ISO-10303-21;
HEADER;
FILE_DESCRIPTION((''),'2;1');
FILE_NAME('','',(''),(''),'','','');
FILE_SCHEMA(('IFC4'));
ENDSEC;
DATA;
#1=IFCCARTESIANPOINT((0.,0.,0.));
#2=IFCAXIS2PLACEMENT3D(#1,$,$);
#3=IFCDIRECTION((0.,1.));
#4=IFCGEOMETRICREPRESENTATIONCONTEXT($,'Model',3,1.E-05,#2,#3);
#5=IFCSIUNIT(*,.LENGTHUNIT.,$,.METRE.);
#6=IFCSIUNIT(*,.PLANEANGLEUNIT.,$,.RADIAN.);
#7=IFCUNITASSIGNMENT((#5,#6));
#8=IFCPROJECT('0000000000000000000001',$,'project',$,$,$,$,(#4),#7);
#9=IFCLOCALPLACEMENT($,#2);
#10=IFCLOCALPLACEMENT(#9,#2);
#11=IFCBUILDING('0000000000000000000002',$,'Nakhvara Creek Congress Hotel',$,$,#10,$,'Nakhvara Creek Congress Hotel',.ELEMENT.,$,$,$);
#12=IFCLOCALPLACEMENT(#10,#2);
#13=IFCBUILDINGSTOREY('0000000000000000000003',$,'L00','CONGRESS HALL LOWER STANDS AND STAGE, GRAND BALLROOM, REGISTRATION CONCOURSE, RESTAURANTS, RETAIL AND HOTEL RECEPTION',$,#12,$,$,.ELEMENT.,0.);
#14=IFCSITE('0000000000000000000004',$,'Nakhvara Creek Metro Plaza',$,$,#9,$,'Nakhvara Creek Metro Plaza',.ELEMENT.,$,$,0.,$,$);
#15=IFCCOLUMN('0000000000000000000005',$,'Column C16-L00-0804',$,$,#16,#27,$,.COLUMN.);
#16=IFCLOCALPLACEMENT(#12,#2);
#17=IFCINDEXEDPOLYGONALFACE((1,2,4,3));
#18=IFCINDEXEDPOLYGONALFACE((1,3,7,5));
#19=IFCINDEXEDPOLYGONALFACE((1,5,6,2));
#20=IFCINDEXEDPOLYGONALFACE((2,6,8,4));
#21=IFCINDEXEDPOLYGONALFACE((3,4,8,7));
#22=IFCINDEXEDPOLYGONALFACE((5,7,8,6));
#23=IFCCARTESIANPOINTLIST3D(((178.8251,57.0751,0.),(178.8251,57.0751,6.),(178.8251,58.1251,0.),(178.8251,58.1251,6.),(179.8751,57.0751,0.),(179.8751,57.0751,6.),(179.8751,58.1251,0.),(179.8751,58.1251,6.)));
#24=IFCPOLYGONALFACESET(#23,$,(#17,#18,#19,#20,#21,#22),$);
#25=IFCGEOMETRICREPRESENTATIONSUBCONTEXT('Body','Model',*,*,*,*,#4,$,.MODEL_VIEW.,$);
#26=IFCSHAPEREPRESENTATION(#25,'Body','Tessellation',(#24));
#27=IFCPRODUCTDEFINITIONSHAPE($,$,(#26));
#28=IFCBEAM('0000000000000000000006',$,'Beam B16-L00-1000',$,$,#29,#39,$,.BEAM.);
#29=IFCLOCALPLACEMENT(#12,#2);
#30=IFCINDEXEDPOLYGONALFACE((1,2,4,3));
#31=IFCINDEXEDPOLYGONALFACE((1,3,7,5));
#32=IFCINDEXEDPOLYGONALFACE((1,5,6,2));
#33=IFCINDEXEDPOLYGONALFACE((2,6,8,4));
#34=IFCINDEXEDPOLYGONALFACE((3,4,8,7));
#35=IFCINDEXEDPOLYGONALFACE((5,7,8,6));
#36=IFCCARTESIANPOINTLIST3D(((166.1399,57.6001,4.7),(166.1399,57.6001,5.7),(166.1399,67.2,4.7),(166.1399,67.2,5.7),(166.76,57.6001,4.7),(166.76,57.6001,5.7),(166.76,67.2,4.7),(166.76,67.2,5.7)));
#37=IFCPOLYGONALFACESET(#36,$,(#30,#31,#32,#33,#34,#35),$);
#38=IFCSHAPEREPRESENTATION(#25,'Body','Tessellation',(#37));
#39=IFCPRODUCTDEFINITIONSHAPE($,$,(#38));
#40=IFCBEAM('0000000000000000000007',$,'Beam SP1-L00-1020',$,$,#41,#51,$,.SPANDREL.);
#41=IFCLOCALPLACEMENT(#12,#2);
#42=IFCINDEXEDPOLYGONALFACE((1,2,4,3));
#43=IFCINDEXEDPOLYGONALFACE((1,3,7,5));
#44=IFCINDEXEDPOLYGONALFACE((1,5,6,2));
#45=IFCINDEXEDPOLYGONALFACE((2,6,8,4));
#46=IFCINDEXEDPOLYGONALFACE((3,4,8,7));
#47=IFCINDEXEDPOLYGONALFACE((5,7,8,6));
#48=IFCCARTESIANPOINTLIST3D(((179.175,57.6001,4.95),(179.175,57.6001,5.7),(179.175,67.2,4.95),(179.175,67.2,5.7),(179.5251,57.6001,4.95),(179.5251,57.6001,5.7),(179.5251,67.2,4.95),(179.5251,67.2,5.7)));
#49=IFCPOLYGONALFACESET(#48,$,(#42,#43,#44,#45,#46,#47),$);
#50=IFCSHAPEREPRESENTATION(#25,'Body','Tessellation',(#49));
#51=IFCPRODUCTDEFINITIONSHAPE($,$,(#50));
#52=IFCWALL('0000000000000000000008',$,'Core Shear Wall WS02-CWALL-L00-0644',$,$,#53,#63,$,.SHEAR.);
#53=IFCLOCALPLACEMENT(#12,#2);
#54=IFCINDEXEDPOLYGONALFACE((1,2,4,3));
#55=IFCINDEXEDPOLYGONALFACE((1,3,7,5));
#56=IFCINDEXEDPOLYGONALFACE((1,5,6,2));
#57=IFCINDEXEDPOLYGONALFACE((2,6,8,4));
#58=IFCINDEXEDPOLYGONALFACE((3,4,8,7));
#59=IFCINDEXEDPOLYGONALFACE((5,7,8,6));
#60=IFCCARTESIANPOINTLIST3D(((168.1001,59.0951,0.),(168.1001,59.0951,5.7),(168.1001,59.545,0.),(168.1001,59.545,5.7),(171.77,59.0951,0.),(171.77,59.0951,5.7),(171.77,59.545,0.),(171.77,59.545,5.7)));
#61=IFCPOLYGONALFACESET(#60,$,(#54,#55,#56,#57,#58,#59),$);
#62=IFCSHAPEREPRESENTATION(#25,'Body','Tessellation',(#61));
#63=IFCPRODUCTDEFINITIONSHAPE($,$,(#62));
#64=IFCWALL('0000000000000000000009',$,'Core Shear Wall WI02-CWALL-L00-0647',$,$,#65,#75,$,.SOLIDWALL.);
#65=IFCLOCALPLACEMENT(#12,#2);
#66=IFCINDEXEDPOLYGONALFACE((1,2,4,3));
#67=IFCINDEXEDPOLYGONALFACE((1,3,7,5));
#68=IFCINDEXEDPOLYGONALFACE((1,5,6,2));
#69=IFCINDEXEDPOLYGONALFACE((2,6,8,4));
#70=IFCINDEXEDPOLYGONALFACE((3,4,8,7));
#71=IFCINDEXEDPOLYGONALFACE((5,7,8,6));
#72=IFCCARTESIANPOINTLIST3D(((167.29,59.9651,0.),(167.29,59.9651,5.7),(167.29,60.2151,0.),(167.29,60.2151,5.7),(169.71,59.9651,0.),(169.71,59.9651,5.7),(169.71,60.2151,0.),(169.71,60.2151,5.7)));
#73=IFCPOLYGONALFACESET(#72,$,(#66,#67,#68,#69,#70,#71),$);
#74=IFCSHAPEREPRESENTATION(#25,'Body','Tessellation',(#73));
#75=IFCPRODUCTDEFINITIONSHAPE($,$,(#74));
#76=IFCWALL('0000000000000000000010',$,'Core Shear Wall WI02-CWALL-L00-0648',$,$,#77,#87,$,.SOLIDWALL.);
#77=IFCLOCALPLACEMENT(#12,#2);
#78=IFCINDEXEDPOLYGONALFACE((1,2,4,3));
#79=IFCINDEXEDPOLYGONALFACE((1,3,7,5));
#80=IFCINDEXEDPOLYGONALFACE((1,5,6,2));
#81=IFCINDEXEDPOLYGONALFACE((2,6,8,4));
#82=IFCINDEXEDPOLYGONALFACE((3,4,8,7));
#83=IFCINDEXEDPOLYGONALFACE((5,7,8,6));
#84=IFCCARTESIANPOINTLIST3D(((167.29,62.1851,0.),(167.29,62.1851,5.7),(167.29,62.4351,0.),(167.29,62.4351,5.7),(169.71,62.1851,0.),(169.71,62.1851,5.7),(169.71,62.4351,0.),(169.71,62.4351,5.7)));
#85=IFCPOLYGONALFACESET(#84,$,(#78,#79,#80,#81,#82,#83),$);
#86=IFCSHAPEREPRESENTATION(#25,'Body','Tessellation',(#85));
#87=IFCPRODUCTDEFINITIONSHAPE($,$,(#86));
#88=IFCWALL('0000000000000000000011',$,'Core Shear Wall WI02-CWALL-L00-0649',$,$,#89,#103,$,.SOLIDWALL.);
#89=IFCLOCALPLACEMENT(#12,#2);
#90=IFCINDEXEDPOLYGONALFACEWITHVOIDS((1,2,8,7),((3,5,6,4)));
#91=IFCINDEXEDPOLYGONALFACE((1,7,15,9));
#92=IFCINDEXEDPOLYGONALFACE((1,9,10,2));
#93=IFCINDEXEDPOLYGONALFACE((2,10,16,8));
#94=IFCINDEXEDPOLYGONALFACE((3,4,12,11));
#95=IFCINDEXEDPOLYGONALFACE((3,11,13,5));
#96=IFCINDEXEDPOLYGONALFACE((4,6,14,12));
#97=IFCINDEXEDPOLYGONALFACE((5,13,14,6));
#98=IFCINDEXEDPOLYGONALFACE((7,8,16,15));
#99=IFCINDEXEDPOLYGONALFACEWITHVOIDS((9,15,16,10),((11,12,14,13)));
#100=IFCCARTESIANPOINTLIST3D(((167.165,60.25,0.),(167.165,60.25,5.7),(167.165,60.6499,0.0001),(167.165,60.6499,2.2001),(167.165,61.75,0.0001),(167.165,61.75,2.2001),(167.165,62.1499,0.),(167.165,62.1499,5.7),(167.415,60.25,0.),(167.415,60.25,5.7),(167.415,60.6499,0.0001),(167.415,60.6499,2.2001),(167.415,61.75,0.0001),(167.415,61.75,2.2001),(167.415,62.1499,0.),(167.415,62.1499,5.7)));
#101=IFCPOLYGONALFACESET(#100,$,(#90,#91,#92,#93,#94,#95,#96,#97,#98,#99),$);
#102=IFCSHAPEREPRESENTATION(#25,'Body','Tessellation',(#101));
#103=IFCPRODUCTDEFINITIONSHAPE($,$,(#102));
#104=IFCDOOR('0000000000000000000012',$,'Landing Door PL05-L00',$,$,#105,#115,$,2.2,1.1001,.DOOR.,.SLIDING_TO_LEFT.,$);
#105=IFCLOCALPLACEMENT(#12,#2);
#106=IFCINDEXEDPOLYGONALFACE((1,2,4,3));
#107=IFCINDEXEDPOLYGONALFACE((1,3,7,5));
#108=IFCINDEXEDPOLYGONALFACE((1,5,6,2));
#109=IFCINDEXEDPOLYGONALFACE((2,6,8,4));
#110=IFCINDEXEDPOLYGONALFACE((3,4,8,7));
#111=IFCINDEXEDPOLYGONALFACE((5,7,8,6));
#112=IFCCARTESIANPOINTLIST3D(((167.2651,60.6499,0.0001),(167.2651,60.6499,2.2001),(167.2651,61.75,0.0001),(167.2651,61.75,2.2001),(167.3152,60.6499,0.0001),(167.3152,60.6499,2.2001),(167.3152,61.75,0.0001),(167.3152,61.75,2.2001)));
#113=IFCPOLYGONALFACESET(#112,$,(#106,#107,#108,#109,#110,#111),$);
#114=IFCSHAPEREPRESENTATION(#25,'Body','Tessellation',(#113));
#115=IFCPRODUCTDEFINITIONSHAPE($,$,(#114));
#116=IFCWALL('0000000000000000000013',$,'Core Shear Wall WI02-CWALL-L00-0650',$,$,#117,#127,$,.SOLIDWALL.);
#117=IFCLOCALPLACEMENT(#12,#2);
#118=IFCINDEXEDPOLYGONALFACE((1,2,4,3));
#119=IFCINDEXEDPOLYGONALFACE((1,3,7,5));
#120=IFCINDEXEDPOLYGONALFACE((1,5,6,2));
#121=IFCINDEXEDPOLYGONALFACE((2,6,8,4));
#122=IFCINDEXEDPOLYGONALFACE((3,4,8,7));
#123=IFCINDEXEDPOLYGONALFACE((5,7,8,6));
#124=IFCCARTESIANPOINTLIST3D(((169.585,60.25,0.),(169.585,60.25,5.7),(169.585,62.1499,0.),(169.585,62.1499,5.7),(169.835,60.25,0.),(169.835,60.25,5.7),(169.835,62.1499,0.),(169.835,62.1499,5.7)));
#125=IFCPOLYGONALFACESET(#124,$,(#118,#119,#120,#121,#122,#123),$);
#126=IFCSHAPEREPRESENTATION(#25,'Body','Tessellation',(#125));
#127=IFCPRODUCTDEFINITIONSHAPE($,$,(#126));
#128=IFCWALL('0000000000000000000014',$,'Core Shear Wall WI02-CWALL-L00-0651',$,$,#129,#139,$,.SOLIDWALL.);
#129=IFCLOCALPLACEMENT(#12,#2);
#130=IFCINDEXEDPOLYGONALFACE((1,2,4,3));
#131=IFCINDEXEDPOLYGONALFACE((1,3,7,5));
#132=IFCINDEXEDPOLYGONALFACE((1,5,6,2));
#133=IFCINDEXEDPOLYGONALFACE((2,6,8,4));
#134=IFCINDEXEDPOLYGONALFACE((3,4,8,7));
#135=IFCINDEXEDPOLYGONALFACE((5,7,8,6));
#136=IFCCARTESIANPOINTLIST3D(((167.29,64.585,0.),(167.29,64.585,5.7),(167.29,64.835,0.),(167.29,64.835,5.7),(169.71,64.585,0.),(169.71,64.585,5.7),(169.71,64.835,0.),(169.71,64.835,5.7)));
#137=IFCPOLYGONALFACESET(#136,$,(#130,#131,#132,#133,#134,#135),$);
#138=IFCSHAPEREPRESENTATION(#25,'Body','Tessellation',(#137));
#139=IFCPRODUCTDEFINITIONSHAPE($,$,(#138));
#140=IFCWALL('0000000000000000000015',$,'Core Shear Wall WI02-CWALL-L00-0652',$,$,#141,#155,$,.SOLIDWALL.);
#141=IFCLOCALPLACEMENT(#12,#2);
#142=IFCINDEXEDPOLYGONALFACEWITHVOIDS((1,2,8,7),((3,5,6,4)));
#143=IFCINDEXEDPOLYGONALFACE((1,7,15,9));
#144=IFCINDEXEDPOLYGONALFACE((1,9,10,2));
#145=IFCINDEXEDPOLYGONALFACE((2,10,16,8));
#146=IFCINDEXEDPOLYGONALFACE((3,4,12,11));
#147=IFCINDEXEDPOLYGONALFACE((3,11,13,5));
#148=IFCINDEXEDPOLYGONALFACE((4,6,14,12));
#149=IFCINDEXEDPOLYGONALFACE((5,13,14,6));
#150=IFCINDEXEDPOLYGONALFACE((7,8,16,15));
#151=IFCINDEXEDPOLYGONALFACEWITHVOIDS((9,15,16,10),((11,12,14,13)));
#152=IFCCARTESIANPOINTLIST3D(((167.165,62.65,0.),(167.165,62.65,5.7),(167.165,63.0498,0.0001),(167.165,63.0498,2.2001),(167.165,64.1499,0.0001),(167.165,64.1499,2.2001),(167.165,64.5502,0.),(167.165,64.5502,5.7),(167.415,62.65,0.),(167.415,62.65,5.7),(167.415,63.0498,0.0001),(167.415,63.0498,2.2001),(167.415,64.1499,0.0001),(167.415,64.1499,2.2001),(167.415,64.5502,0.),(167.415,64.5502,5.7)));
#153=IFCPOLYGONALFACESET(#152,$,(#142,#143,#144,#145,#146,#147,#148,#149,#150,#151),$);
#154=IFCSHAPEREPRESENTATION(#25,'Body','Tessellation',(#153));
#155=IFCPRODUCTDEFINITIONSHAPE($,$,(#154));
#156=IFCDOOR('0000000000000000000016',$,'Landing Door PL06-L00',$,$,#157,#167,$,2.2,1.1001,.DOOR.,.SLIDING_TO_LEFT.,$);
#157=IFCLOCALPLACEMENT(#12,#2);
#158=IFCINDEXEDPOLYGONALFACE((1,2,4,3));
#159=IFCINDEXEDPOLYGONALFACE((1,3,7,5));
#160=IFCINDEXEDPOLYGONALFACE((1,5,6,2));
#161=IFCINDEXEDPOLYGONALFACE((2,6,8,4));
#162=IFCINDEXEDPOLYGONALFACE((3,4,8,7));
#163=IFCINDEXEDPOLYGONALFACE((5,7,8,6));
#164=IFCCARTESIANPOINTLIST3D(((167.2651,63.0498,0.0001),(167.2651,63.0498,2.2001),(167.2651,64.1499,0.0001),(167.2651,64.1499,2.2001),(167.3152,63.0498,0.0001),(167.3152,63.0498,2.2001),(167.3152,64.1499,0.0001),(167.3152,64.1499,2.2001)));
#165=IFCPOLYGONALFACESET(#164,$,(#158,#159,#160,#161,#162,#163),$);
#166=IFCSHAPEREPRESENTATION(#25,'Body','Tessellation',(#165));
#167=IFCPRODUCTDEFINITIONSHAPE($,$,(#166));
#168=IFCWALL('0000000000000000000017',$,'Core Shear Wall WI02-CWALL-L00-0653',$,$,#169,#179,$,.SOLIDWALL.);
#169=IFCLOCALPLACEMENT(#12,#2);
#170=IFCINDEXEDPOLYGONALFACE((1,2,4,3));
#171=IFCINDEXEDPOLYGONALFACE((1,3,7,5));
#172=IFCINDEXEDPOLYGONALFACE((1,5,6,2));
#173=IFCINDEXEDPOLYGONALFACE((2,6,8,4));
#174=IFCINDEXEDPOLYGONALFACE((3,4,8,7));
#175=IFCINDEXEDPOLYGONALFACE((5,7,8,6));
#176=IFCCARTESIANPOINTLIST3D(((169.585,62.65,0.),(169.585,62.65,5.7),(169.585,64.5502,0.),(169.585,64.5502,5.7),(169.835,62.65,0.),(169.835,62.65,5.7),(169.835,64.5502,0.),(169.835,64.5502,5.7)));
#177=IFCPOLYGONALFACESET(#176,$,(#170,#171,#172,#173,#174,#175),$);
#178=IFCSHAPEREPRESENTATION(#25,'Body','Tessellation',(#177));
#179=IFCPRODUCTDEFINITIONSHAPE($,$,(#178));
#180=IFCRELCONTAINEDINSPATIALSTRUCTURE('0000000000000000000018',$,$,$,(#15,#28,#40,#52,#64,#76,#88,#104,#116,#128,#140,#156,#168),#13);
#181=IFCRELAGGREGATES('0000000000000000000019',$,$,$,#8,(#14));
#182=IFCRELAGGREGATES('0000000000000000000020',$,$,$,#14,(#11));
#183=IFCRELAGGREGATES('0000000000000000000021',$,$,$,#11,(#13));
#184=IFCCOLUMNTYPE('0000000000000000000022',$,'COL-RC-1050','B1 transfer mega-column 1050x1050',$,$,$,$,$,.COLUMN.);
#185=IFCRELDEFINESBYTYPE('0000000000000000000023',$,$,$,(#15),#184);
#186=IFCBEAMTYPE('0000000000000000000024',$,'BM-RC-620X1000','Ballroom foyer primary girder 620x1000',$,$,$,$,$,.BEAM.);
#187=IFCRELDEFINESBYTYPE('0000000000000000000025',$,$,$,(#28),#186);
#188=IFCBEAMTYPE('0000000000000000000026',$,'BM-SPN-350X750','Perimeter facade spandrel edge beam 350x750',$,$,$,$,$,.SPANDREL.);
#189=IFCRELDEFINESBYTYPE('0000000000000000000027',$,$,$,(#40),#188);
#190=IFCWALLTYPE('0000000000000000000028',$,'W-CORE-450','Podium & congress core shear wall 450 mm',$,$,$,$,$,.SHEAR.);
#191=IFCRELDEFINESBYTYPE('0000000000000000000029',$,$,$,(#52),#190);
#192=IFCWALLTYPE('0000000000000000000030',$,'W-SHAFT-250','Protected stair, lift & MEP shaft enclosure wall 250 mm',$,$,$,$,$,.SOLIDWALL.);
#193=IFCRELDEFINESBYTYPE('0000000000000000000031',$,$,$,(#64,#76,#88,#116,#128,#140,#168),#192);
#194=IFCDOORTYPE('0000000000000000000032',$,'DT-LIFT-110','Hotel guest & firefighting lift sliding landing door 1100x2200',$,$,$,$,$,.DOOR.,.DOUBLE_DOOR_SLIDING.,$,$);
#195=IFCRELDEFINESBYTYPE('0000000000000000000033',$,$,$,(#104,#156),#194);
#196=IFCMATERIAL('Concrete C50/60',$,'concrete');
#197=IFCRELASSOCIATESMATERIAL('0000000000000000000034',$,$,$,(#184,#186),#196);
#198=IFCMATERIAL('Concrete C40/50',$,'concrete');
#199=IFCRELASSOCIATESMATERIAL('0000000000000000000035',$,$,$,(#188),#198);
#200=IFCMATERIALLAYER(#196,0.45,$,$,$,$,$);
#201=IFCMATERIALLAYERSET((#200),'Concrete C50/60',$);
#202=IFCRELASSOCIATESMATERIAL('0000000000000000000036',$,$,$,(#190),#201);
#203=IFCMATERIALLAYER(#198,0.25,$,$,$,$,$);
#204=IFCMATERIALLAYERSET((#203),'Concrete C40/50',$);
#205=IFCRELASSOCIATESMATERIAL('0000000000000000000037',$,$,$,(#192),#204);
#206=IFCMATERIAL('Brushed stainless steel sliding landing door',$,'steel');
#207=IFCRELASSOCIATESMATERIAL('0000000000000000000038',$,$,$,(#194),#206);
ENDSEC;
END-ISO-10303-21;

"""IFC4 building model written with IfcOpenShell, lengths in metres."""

from ifc_helpers import new_model, si_unit, direction, frame, frame_2d, origin, origin_2d, place, context, subcontext, project, spatial, rectangle, extrude, material, layer, layer_set, material_profile, profile_set, type_object, element, fill, save


model = new_model("IFC4")

# Units and contexts
model_context = context("Model", 3, precision=1e-05, world=origin(), true_north=direction((0.0, 1.0)))
body_context = subcontext(model_context, "Body", "Model", "MODEL_VIEW")
ifc_project = project(units=[si_unit("LENGTHUNIT", "METRE"), si_unit("PLANEANGLEUNIT", "RADIAN")], contexts=[model_context])

# Site, building, storey
site_placement = place(None, origin())
site = spatial("IfcSite", under=ifc_project, at=site_placement, Name="Nakhvara Creek Metro Plaza", LongName="Nakhvara Creek Metro Plaza", CompositionType="ELEMENT", RefElevation=0.0)
building_placement = place(site_placement, origin())
building = spatial("IfcBuilding", under=site, at=building_placement, Name="Nakhvara Creek Congress Hotel", LongName="Nakhvara Creek Congress Hotel", CompositionType="ELEMENT")
storey_placement = place(building_placement, origin())
storey = spatial("IfcBuildingStorey", under=building, at=storey_placement, Name="L00", Description="CONGRESS HALL LOWER STANDS AND STAGE, GRAND BALLROOM, REGISTRATION CONCOURSE, RESTAURANTS, RETAIL AND HOTEL RECEPTION", CompositionType="ELEMENT", Elevation=0.0)

# Column
ifc_material_1 = material(Name="Concrete C50/60", Category="concrete")
ifc_material_profile_1 = material_profile(ifc_material_1, rectangle(XDim=1.05, YDim=1.05, at=origin_2d()), Name="RC-COL 1050x1050", Category="LoadBearing")
ifc_profile_set_1 = profile_set([ifc_material_profile_1], Name="Concrete C50/60")
column_type = type_object("IfcColumnType", Name="COL-RC-1050", Description="B1 transfer mega-column 1050x1050", PredefinedType="COLUMN", material=ifc_profile_set_1)
column_placement = place(storey_placement, frame((179.3501, 57.6001, 0.0), z_axis=(0.0, 0.0, 1.0), x_axis=(1.0, 0.0, 0.0)))
element("IfcColumn", 1, at=column_placement, inside=storey, type_object=column_type, Name="Column C16-L00-0804", PredefinedType="COLUMN", context=body_context, shape_type="SweptSolid", body=[
    extrude(rectangle(XDim=1.05, YDim=1.05, at=origin_2d()), origin(), (0.0, 0.0, 1.0), 6.0),
])

# Beams
ifc_material_profile_2 = material_profile(ifc_material_1, rectangle(XDim=0.6201, YDim=1.0, at=origin_2d()), Name="RC-BM 620x1000", Category="LoadBearing")
ifc_profile_set_2 = profile_set([ifc_material_profile_2], Name="Concrete C50/60")
beam_type_1 = type_object("IfcBeamType", Name="BM-RC-620X1000", Description="Ballroom foyer primary girder 620x1000", PredefinedType="BEAM", material=ifc_profile_set_2)
beam_1_placement = place(storey_placement, frame((166.45, 57.6001, 5.2), z_axis=(0.0, 1.0, 0.0), x_axis=(-1.0, 0.0, 0.0)))
element("IfcBeam", 2, at=beam_1_placement, inside=storey, type_object=beam_type_1, Name="Beam B16-L00-1000", PredefinedType="BEAM", context=body_context, shape_type="SweptSolid", body=[
    extrude(rectangle(XDim=0.6201, YDim=1.0, at=origin_2d()), origin(), (0.0, 0.0, 1.0), 9.5999),
])
ifc_material_2 = material(Name="Concrete C40/50", Category="concrete")
ifc_material_profile_3 = material_profile(ifc_material_2, rectangle(XDim=0.3501, YDim=0.75, at=origin_2d()), Name="RC-SPANDREL 350x750", Category="LoadBearing")
ifc_profile_set_3 = profile_set([ifc_material_profile_3], Name="Concrete C40/50")
beam_type_2 = type_object("IfcBeamType", Name="BM-SPN-350X750", Description="Perimeter facade spandrel edge beam 350x750", PredefinedType="SPANDREL", material=ifc_profile_set_3)
beam_2_placement = place(storey_placement, frame((179.3501, 57.6001, 5.325), z_axis=(0.0, 1.0, 0.0), x_axis=(-1.0, 0.0, 0.0)))
element("IfcBeam", 3, at=beam_2_placement, inside=storey, type_object=beam_type_2, Name="Beam SP1-L00-1020", PredefinedType="SPANDREL", context=body_context, shape_type="SweptSolid", body=[
    extrude(rectangle(XDim=0.3501, YDim=0.75, at=origin_2d()), origin(), (0.0, 0.0, 1.0), 9.5999),
])

# Walls
ifc_layer_1 = layer(ifc_material_1, 0.45)
ifc_layer_set_1 = layer_set([ifc_layer_1], Name="Concrete C50/60")
wall_type_1 = type_object("IfcWallType", Name="W-CORE-450", Description="Podium & congress core shear wall 450 mm", PredefinedType="SHEAR", material=ifc_layer_set_1)
wall_1_placement = place(storey_placement, frame((168.1001, 59.3201, 0.0), z_axis=(0.0, 0.0, 1.0), x_axis=(1.0, 0.0, 0.0)))
element("IfcWall", 4, at=wall_1_placement, inside=storey, type_object=wall_type_1, Name="Core Shear Wall WS02-CWALL-L00-0644", PredefinedType="SHEAR", context=body_context, shape_type="SweptSolid", body=[
    extrude(rectangle(XDim=3.6699, YDim=0.45, at=frame_2d((1.835, 0.0))), origin(), (0.0, 0.0, 1.0), 5.7),
])
ifc_layer_2 = layer(ifc_material_2, 0.25)
ifc_layer_set_2 = layer_set([ifc_layer_2], Name="Concrete C40/50")
wall_type_2 = type_object("IfcWallType", Name="W-SHAFT-250", Description="Protected stair, lift & MEP shaft enclosure wall 250 mm", PredefinedType="SOLIDWALL", material=ifc_layer_set_2)
for number, where, z_axis, x_axis, name in (
    (5, (167.29, 60.0901, 0.0), (0.0, 0.0, 1.0), (1.0, 0.0, 0.0), "Core Shear Wall WI02-CWALL-L00-0647"),
    (6, (167.29, 62.3101, 0.0), (0.0, 0.0, 1.0), (1.0, 0.0, 0.0), "Core Shear Wall WI02-CWALL-L00-0648"),
):
    element("IfcWall", number, at=place(storey_placement, frame(where, z_axis=z_axis, x_axis=x_axis)), inside=storey, type_object=wall_type_2, Name=name, PredefinedType="SOLIDWALL", context=body_context, shape_type="SweptSolid", body=[
        extrude(rectangle(XDim=2.4199, YDim=0.25, at=frame_2d((1.21, 0.0))), origin(), (0.0, 0.0, 1.0), 5.7),
    ])

# Wall, opening, door
wall_2_placement = place(storey_placement, frame((167.29, 60.25, 0.0), z_axis=(0.0, 0.0, 1.0), x_axis=(0.0, 1.0, 0.0)))
wall_2 = element("IfcWall", 7, at=wall_2_placement, inside=storey, type_object=wall_type_2, Name="Core Shear Wall WI02-CWALL-L00-0649", PredefinedType="SOLIDWALL", context=body_context, shape_type="SweptSolid", body=[
    extrude(rectangle(XDim=1.8999, YDim=0.25, at=frame_2d((0.95, 0.0))), origin(), (0.0, 0.0, 1.0), 5.7),
])
opening_1_placement = place(wall_2_placement, frame((0.3999, 0.0, 0.0)))
opening_1 = element("IfcOpeningElement", 8, at=opening_1_placement, cuts=wall_2, PredefinedType="OPENING", context=body_context, shape_type="SweptSolid", body=[
    extrude(rectangle(XDim=1.1001, YDim=2.2, at=frame_2d((0.55, 1.1001))), frame((0.0, 0.137, 0.0), z_axis=(0.0, -1.0, 0.0), x_axis=(1.0, 0.0, 0.0)), (0.0, 0.0, 1.0), 0.2739),
])
ifc_material_3 = material(Name="Brushed stainless steel sliding landing door", Category="steel")
door_type = type_object("IfcDoorType", Name="DT-LIFT-110", Description="Hotel guest & firefighting lift sliding landing door 1100x2200", OperationType="DOUBLE_DOOR_SLIDING", PredefinedType="DOOR", material=ifc_material_3)
door_1_placement = place(opening_1_placement, origin())
door_1 = element("IfcDoor", 9, at=door_1_placement, inside=storey, type_object=door_type, Name="Landing Door PL05-L00", OperationType="SLIDING_TO_LEFT", OverallHeight=2.2, OverallWidth=1.1001, PredefinedType="DOOR", context=body_context, shape_type="SweptSolid", body=[
    extrude(rectangle(XDim=1.1001, YDim=2.2, at=frame_2d((0.55, 1.1001))), frame((0.0, 0.0249, 0.0), z_axis=(0.0, -1.0, 0.0), x_axis=(1.0, 0.0, 0.0)), (0.0, 0.0, 1.0), 0.05),
])
fill(opening_1, door_1)

# Walls
wall_3_placement = place(storey_placement, frame((169.71, 60.25, 0.0), z_axis=(0.0, 0.0, 1.0), x_axis=(0.0, 1.0, 0.0)))
element("IfcWall", 10, at=wall_3_placement, inside=storey, type_object=wall_type_2, Name="Core Shear Wall WI02-CWALL-L00-0650", PredefinedType="SOLIDWALL", context=body_context, shape_type="SweptSolid", body=[
    extrude(rectangle(XDim=1.8999, YDim=0.25, at=frame_2d((0.95, 0.0))), origin(), (0.0, 0.0, 1.0), 5.7),
])
wall_4_placement = place(storey_placement, frame((167.29, 64.71, 0.0), z_axis=(0.0, 0.0, 1.0), x_axis=(1.0, 0.0, 0.0)))
element("IfcWall", 11, at=wall_4_placement, inside=storey, type_object=wall_type_2, Name="Core Shear Wall WI02-CWALL-L00-0651", PredefinedType="SOLIDWALL", context=body_context, shape_type="SweptSolid", body=[
    extrude(rectangle(XDim=2.4199, YDim=0.25, at=frame_2d((1.21, 0.0))), origin(), (0.0, 0.0, 1.0), 5.7),
])

# Wall, opening, door
wall_5_placement = place(storey_placement, frame((167.29, 62.6499, 0.0), z_axis=(0.0, 0.0, 1.0), x_axis=(0.0, 1.0, 0.0)))
wall_5 = element("IfcWall", 12, at=wall_5_placement, inside=storey, type_object=wall_type_2, Name="Core Shear Wall WI02-CWALL-L00-0652", PredefinedType="SOLIDWALL", context=body_context, shape_type="SweptSolid", body=[
    extrude(rectangle(XDim=1.9001, YDim=0.25, at=frame_2d((0.9502, 0.0))), origin(), (0.0, 0.0, 1.0), 5.7),
])
opening_2_placement = place(wall_5_placement, frame((0.3999, 0.0, 0.0)))
opening_2 = element("IfcOpeningElement", 13, at=opening_2_placement, cuts=wall_5, PredefinedType="OPENING", context=body_context, shape_type="SweptSolid", body=[
    extrude(rectangle(XDim=1.1001, YDim=2.2, at=frame_2d((0.55, 1.1001))), frame((0.0, 0.137, 0.0), z_axis=(0.0, -1.0, 0.0), x_axis=(1.0, 0.0, 0.0)), (0.0, 0.0, 1.0), 0.2739),
])
door_2_placement = place(opening_2_placement, origin())
door_2 = element("IfcDoor", 14, at=door_2_placement, inside=storey, type_object=door_type, Name="Landing Door PL06-L00", OperationType="SLIDING_TO_LEFT", OverallHeight=2.2, OverallWidth=1.1001, PredefinedType="DOOR", context=body_context, shape_type="SweptSolid", body=[
    extrude(rectangle(XDim=1.1001, YDim=2.2, at=frame_2d((0.55, 1.1001))), frame((0.0, 0.0249, 0.0), z_axis=(0.0, -1.0, 0.0), x_axis=(1.0, 0.0, 0.0)), (0.0, 0.0, 1.0), 0.05),
])
fill(opening_2, door_2)

# Wall
wall_6_placement = place(storey_placement, frame((169.71, 62.6499, 0.0), z_axis=(0.0, 0.0, 1.0), x_axis=(0.0, 1.0, 0.0)))
element("IfcWall", 15, at=wall_6_placement, inside=storey, type_object=wall_type_2, Name="Core Shear Wall WI02-CWALL-L00-0653", PredefinedType="SOLIDWALL", context=body_context, shape_type="SweptSolid", body=[
    extrude(rectangle(XDim=1.9001, YDim=0.25, at=frame_2d((0.9502, 0.0))), origin(), (0.0, 0.0, 1.0), 5.7),
])

save(model, "model.ifc")
